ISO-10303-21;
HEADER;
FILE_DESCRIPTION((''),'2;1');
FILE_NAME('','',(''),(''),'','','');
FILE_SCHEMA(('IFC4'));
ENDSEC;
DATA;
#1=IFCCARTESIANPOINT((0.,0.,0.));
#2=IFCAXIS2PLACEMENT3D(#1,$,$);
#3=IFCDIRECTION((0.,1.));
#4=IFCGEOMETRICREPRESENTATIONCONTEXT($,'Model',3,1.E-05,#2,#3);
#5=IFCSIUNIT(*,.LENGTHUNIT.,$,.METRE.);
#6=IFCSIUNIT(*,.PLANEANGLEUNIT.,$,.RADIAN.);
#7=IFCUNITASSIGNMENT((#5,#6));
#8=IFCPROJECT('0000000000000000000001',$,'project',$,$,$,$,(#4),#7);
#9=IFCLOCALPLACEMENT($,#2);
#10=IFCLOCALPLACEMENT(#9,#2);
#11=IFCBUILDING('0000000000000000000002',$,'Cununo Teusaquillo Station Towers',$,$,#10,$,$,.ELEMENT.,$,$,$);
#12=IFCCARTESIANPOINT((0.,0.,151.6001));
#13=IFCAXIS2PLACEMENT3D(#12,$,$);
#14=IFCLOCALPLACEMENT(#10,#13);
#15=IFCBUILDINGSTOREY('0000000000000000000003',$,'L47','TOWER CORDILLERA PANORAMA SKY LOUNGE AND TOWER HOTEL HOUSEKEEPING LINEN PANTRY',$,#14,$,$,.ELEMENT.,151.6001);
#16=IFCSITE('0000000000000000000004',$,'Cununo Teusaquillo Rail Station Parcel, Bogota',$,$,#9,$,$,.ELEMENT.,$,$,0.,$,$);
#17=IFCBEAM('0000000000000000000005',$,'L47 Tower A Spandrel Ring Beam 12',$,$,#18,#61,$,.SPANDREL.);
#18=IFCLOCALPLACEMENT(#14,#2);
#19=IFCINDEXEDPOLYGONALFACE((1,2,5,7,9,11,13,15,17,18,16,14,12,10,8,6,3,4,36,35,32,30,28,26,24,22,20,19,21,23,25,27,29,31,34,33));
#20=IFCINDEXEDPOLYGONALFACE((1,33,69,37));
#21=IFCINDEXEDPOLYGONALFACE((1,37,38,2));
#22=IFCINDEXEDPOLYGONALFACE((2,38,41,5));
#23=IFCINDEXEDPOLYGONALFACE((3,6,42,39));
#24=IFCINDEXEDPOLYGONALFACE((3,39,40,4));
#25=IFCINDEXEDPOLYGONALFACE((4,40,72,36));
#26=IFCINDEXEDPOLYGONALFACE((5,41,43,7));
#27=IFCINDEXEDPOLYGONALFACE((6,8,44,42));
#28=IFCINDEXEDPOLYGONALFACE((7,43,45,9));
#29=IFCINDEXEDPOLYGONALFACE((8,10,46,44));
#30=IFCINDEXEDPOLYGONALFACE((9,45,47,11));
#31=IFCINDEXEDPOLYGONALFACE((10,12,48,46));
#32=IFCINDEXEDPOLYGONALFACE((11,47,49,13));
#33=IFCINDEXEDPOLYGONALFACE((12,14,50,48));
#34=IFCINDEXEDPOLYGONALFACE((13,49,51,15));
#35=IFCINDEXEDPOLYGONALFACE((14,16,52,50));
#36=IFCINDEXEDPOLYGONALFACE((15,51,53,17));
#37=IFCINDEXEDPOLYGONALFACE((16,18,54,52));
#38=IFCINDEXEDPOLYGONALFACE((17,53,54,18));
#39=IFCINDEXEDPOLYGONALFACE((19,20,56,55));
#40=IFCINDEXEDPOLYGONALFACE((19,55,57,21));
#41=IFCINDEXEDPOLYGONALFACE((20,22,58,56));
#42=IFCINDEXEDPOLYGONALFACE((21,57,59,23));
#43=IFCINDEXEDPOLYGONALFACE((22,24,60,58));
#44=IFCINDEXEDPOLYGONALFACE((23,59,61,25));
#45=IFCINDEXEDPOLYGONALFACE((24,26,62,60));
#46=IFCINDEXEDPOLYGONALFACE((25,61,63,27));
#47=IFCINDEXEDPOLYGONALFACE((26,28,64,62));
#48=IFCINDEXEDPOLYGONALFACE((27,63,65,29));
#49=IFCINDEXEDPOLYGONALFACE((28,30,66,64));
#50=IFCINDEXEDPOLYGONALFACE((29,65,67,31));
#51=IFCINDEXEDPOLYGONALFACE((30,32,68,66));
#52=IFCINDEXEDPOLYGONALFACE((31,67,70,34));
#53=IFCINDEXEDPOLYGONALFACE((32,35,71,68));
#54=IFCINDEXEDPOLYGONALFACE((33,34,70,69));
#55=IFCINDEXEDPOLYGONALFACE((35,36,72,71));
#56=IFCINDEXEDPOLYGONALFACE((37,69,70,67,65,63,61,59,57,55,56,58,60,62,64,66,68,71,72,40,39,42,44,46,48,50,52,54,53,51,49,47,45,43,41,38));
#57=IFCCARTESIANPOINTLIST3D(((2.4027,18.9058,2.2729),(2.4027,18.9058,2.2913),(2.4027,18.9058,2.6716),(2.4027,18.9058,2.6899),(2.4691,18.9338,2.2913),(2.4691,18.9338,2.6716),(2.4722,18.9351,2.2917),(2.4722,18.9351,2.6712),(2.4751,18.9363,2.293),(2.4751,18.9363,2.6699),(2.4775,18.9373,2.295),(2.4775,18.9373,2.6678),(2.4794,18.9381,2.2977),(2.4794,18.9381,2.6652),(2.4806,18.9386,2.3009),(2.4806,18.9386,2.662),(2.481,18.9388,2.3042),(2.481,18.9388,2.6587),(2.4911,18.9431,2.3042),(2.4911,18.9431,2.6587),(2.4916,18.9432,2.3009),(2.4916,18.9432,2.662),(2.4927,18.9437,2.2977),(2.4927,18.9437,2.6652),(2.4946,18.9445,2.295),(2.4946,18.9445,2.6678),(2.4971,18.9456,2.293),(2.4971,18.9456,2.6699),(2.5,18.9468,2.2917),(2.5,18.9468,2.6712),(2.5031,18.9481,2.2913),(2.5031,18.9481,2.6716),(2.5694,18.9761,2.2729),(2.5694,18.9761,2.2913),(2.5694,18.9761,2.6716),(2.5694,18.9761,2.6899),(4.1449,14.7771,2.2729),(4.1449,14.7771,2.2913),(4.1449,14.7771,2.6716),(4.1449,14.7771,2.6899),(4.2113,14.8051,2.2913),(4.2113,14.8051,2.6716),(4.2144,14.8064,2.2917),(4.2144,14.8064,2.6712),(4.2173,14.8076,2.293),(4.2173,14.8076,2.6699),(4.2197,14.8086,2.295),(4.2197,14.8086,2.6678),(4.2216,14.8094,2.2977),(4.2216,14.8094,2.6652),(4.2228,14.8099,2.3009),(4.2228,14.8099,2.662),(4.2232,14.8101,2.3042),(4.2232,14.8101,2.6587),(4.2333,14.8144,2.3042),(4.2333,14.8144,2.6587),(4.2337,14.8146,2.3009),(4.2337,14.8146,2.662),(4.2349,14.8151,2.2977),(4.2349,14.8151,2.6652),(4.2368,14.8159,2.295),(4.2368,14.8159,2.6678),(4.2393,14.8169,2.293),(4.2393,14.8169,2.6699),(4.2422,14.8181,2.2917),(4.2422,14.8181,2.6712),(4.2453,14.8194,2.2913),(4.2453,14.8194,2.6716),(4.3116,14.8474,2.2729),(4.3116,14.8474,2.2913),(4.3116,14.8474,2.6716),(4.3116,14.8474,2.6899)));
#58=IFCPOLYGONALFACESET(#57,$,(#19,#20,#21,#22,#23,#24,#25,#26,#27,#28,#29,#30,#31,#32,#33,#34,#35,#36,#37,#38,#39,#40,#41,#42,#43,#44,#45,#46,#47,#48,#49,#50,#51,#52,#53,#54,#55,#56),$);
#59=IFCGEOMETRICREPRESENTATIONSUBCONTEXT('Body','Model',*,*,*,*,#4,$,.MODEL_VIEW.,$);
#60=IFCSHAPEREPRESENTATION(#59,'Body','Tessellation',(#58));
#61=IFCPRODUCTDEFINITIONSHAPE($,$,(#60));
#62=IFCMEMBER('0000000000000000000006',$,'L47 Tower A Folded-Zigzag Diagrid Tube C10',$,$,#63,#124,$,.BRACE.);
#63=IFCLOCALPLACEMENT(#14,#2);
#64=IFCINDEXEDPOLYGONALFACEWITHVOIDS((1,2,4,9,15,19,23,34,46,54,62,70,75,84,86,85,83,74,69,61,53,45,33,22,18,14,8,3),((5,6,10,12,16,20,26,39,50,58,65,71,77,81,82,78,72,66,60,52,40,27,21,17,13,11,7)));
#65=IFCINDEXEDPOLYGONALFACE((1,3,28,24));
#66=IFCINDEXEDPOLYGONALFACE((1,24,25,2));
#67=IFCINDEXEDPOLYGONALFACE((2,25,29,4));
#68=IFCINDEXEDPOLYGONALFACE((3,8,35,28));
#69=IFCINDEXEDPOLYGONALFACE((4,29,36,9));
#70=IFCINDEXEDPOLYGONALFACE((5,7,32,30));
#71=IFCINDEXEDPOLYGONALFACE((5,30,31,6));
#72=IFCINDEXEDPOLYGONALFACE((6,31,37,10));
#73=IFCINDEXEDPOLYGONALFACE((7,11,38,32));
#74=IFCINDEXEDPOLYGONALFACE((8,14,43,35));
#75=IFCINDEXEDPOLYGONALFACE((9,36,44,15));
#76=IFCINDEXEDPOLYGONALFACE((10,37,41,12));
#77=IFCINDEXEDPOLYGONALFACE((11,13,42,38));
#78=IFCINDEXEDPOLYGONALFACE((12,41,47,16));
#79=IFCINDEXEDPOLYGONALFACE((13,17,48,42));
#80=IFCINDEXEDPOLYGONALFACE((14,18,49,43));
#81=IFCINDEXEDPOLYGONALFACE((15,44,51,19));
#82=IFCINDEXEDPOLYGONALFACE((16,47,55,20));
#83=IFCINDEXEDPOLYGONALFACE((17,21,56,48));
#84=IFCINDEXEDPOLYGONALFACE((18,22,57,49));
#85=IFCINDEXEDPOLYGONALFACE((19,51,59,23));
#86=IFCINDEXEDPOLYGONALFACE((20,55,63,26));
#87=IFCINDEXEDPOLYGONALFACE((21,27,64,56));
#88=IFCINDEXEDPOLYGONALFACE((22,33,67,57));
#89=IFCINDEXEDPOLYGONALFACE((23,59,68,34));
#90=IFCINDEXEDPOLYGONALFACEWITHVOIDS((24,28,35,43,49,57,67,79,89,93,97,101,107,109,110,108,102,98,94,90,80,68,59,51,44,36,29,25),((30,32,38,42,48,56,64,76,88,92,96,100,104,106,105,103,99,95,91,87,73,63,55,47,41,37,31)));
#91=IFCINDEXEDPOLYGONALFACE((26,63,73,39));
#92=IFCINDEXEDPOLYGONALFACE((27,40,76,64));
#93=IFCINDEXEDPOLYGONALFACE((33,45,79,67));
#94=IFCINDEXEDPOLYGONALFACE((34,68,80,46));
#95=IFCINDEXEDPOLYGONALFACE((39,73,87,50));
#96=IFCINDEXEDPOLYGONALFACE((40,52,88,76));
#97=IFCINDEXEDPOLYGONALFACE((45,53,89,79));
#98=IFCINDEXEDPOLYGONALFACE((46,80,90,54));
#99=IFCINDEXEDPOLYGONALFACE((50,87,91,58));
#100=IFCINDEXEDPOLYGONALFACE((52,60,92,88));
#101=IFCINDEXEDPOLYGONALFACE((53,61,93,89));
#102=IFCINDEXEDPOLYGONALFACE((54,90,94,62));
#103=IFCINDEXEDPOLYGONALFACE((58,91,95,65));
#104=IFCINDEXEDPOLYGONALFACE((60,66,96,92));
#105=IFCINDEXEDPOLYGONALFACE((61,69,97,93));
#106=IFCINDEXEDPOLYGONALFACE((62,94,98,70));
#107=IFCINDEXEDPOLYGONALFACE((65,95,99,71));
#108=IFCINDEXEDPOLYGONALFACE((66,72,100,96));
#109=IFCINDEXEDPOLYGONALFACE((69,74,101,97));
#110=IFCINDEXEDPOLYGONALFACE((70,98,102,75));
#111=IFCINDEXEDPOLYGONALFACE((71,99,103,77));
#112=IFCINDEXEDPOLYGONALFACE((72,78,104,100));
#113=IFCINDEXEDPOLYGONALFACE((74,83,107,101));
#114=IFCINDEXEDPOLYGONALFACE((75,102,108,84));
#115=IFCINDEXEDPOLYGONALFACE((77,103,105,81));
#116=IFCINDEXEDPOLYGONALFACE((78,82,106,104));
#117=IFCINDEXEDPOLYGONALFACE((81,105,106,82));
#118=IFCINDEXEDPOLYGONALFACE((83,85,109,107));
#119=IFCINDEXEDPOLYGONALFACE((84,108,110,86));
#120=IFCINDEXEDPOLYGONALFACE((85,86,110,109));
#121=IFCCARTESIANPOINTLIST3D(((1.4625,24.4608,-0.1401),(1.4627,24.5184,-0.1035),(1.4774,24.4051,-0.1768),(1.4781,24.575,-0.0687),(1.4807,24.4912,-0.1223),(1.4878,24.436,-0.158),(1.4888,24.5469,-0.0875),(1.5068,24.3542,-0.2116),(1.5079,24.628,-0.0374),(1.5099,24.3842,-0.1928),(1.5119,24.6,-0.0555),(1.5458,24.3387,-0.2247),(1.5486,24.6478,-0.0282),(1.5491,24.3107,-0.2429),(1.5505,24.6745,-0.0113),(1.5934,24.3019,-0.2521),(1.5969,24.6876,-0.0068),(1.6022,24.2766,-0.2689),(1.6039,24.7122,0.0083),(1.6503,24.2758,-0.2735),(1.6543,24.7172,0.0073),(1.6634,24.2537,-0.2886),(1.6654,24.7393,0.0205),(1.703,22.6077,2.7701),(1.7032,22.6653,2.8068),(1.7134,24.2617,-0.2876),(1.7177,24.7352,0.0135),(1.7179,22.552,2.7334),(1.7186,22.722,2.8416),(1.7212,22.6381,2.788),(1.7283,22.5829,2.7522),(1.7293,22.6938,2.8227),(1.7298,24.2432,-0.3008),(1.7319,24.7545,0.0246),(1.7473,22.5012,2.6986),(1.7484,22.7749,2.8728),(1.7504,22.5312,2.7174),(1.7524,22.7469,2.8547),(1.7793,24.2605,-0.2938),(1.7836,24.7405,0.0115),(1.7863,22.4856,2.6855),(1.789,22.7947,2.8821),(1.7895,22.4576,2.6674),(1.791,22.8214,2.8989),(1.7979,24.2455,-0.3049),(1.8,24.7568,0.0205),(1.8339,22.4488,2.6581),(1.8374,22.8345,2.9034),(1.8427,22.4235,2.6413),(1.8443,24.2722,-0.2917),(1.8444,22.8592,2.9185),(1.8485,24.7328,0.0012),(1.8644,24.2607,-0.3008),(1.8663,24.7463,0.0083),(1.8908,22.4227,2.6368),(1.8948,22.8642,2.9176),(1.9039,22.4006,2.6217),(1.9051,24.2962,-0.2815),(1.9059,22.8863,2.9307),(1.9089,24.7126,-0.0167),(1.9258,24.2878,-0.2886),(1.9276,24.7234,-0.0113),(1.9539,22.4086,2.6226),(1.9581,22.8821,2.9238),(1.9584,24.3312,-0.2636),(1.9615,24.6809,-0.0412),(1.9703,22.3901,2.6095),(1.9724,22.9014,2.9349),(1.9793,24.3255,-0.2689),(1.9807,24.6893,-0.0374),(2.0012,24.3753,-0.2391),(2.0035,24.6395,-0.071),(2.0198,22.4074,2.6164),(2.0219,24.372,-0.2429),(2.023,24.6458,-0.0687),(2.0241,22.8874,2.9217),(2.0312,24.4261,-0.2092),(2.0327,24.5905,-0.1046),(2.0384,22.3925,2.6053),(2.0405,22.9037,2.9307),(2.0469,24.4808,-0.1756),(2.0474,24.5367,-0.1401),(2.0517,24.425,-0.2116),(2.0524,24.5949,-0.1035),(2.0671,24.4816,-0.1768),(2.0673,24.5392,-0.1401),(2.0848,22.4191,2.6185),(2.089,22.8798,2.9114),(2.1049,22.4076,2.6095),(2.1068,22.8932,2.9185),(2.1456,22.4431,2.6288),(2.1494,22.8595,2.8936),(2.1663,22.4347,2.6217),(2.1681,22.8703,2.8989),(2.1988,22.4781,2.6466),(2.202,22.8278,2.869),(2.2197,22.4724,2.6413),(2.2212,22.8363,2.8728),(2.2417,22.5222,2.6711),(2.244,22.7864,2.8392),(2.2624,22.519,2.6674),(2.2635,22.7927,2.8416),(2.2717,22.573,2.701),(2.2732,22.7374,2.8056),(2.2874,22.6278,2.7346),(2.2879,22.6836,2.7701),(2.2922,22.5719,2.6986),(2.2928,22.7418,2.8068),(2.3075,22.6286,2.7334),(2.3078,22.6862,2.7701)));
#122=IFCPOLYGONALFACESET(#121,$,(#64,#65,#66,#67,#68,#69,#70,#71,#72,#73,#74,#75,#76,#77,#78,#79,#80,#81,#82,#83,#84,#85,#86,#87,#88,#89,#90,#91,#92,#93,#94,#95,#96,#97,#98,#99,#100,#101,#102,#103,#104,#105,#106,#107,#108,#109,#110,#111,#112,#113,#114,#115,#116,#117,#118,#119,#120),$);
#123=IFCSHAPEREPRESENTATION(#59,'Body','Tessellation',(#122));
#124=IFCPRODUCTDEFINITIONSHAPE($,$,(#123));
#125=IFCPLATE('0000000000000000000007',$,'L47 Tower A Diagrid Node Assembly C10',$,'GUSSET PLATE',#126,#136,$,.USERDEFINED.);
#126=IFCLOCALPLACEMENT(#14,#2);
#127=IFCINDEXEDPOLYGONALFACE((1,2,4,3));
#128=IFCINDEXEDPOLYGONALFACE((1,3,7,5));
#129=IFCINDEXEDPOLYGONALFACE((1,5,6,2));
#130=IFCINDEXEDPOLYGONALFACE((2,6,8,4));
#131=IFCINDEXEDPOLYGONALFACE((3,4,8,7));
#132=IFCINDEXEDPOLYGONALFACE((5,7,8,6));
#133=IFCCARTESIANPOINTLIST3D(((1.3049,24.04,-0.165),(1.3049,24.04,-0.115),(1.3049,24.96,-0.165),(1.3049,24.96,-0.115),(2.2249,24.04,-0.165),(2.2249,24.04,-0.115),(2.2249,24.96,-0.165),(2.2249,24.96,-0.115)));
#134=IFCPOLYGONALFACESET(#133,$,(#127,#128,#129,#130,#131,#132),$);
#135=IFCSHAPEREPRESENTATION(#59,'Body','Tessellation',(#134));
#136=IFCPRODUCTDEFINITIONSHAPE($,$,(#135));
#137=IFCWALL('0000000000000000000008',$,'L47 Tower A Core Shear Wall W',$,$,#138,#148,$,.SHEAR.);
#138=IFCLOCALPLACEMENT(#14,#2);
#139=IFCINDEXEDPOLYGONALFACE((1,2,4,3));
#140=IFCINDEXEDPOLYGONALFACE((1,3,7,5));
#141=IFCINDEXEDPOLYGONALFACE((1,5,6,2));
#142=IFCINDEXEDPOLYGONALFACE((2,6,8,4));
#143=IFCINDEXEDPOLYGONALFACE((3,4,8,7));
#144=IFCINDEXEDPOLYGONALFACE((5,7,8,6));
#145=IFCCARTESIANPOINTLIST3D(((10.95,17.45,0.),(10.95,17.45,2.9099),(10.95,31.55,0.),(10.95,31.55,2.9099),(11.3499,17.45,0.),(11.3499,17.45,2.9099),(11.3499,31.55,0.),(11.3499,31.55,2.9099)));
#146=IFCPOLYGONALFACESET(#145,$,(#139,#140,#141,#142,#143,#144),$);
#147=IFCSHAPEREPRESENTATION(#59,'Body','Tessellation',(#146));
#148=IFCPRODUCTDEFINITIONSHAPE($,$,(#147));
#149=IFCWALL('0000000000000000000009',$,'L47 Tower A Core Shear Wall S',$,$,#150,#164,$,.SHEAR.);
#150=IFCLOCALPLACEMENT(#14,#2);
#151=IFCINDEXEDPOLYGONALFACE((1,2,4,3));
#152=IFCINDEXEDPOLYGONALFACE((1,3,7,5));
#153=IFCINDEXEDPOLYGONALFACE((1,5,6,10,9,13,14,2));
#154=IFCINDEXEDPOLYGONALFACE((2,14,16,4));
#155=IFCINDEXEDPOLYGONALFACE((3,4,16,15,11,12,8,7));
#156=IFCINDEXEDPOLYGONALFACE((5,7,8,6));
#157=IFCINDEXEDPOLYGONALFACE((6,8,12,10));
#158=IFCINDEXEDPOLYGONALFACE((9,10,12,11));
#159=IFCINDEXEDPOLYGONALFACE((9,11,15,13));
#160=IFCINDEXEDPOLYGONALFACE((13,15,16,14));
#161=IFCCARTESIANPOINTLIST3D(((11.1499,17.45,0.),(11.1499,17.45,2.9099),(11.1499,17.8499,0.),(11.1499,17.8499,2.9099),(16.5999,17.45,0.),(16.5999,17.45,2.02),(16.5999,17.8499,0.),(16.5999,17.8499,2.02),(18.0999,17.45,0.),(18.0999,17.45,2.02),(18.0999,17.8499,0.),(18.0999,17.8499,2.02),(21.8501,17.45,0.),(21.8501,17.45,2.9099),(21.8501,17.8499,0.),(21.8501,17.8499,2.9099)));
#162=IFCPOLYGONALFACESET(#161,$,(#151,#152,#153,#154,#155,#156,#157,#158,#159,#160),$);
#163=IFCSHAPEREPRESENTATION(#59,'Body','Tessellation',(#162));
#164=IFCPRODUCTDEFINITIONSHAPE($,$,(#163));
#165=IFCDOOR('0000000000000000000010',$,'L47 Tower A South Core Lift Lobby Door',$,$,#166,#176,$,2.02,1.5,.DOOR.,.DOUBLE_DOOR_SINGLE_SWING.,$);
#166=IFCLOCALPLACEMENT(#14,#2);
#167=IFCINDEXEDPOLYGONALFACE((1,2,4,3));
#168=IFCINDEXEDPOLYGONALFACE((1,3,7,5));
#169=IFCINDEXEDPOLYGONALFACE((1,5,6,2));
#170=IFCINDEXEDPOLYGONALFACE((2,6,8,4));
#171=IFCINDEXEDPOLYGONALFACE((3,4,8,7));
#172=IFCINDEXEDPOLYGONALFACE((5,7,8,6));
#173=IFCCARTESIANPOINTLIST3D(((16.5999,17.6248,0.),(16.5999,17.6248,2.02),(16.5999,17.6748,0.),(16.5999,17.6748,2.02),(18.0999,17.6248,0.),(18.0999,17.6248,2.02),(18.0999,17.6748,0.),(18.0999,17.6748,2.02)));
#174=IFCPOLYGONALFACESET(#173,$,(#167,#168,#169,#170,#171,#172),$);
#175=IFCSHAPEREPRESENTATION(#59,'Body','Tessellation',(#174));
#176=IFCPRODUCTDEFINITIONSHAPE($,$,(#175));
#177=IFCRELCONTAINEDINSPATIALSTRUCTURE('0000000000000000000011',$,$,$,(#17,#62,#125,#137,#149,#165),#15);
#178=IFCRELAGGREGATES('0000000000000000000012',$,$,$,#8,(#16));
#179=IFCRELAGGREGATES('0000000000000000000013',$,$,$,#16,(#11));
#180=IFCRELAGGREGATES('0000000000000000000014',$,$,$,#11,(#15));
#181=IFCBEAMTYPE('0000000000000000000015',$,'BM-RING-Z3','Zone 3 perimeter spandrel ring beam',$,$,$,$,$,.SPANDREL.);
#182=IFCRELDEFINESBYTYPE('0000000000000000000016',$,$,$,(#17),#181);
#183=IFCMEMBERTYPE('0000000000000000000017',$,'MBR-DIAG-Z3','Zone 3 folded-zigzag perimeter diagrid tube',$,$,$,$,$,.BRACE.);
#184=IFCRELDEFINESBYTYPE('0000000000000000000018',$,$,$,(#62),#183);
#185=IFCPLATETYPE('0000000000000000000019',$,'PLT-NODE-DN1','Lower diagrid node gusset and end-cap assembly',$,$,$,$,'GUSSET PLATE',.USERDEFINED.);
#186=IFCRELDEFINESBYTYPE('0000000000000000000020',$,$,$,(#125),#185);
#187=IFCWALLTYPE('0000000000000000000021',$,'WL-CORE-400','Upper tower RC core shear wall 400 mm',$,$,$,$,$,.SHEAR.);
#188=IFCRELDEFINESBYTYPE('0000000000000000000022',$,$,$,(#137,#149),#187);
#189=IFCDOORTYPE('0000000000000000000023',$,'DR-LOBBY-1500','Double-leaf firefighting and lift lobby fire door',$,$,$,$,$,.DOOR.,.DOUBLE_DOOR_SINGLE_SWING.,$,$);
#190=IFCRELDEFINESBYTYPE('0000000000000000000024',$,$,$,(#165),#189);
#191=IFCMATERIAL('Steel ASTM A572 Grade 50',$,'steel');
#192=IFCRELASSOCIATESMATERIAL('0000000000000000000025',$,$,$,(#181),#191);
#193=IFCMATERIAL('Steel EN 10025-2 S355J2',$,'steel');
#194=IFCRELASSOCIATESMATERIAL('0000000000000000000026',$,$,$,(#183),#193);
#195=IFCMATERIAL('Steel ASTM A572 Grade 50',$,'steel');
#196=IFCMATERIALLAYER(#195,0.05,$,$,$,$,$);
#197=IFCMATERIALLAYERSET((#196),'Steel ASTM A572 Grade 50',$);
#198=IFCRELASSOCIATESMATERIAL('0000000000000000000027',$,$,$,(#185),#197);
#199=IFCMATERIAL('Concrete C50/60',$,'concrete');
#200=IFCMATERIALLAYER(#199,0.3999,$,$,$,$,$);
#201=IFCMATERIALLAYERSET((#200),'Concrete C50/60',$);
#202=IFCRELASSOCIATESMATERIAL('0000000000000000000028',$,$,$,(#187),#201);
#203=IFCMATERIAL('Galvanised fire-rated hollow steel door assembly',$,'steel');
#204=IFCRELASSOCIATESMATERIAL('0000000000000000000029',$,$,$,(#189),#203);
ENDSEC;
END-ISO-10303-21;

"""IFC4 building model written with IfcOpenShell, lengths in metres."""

from ifc_helpers import new_model, si_unit, direction, frame, frame_2d, origin, origin_2d, place, context, subcontext, project, spatial, rectangle, hollow_circle, i_section, extrude, source, transform, mapped, material, layer, layer_set, material_profile, profile_set, type_object, element, fill, save


model = new_model("IFC4")

# Units and contexts
model_context = context("Model", 3, precision=1e-05, world=origin(), true_north=direction((0.0, 1.0)))
body_context = subcontext(model_context, "Body", "Model", "MODEL_VIEW")
ifc_project = project(units=[si_unit("LENGTHUNIT", "METRE"), si_unit("PLANEANGLEUNIT", "RADIAN")], contexts=[model_context])

# Site, building, storey
site_placement = place(None, origin())
site = spatial("IfcSite", under=ifc_project, at=site_placement, Name="Cununo Teusaquillo Rail Station Parcel, Bogota", CompositionType="ELEMENT", RefElevation=0.0)
building_placement = place(site_placement, origin())
building = spatial("IfcBuilding", under=site, at=building_placement, Name="Cununo Teusaquillo Station Towers", CompositionType="ELEMENT")
storey_placement = place(building_placement, frame((0.0, 0.0, 151.6001)))
storey = spatial("IfcBuildingStorey", under=building, at=storey_placement, Name="L47", Description="TOWER CORDILLERA PANORAMA SKY LOUNGE AND TOWER HOTEL HOUSEKEEPING LINEN PANTRY", CompositionType="ELEMENT", Elevation=151.6001)

# Beam
ifc_material_1 = material(Name="Steel ASTM A572 Grade 50", Category="steel")
ifc_material_profile_1 = material_profile(ifc_material_1, i_section(OverallWidth=0.1809, OverallDepth=0.417, WebThickness=0.011, FlangeThickness=0.0183, FilletRadius=0.0129, at=origin_2d()), Name="W16X57")
ifc_profile_set_1 = profile_set([ifc_material_profile_1], Name="Steel ASTM A572 Grade 50")
beam_type_1 = type_object("IfcBeamType", Name="BM-RING-Z3", Description="Zone 3 perimeter spandrel ring beam", PredefinedType="SPANDREL", material=ifc_profile_set_1)
beam_1_placement = place(storey_placement, frame((2.4861, 18.9409, 2.4814), z_axis=(0.388778, -0.921332, 0.0), x_axis=(0.921332, 0.388778, 0.0)))
element("IfcBeam", 1, at=beam_1_placement, inside=storey, type_object=beam_type_1, Name="L47 Tower A Spandrel Ring Beam 12", PredefinedType="SPANDREL", context=body_context, shape_type="SweptSolid", body=[
    extrude(i_section(OverallWidth=0.1809, OverallDepth=0.417, WebThickness=0.011, FlangeThickness=0.0183, FilletRadius=0.0129, at=origin_2d()), origin(), (0.0, 0.0, 1.0), 4.4812),
])

# Member
ifc_material_2 = material(Name="Steel EN 10025-2 S355J2", Category="steel")
ifc_material_profile_2 = material_profile(ifc_material_2, hollow_circle(Radius=0.3049, WallThickness=0.02, at=origin_2d()), Name="CHS 610x20")
ifc_profile_set_2 = profile_set([ifc_material_profile_2], Name="Steel EN 10025-2 S355J2")
member_type = type_object("IfcMemberType", Name="MBR-DIAG-Z3", Description="Zone 3 folded-zigzag perimeter diagrid tube", PredefinedType="BRACE", material=ifc_profile_set_2)
member_placement = place(storey_placement, frame((1.7649, 24.5, -0.1401), z_axis=(0.069535, -0.535804, 0.841474), x_axis=(0.991684, 0.128697, 0.0)))
element("IfcMember", 2, at=member_placement, inside=storey, type_object=member_type, Name="L47 Tower A Folded-Zigzag Diagrid Tube C10", PredefinedType="BRACE", context=body_context, shape_type="SweptSolid", body=[
    extrude(hollow_circle(Radius=0.3049, WallThickness=0.02, at=origin_2d()), origin(), (0.0, 0.0, 1.0), 3.4585),
])

# Plate
ifc_material_3 = material(Name="Steel ASTM A572 Grade 50", Category="steel")
ifc_layer_1 = layer(ifc_material_3, 0.05)
ifc_layer_set_1 = layer_set([ifc_layer_1], Name="Steel ASTM A572 Grade 50")
plate_type = type_object("IfcPlateType", Name="PLT-NODE-DN1", Description="Lower diagrid node gusset and end-cap assembly", ElementType="GUSSET PLATE", PredefinedType="USERDEFINED", material=ifc_layer_set_1)
shared_shape_1 = source(origin(), body_context, "Body", "SweptSolid", [
    extrude(rectangle(XDim=0.9199, YDim=0.9199, at=origin_2d()), origin(), (0.0, 0.0, 1.0), 0.05),
])
plate_placement = place(storey_placement, frame((1.7649, 24.5, -0.165), z_axis=(0.0, 0.0, 1.0), x_axis=(1.0, 0.0, 0.0)))
element("IfcPlate", 3, at=plate_placement, inside=storey, type_object=plate_type, Name="L47 Tower A Diagrid Node Assembly C10", ObjectType="GUSSET PLATE", PredefinedType="USERDEFINED", context=body_context, shape_type="MappedRepresentation", body=[
    mapped(shared_shape_1, transform((0.0, 0.0, 0.0), x_axis=(1.0, 0.0, 0.0), y_axis=(0.0, 1.0, 0.0), z_axis=(0.0, 0.0, 1.0), scale=1.0)),
])

# Wall
ifc_material_4 = material(Name="Concrete C50/60", Category="concrete")
ifc_layer_2 = layer(ifc_material_4, 0.3999)
ifc_layer_set_2 = layer_set([ifc_layer_2], Name="Concrete C50/60")
wall_type_1 = type_object("IfcWallType", Name="WL-CORE-400", Description="Upper tower RC core shear wall 400 mm", PredefinedType="SHEAR", material=ifc_layer_set_2)
wall_1_placement = place(storey_placement, frame((11.1499, 17.45, 0.0), z_axis=(0.0, 0.0, 1.0), x_axis=(0.0, 1.0, 0.0)))
element("IfcWall", 4, at=wall_1_placement, inside=storey, type_object=wall_type_1, Name="L47 Tower A Core Shear Wall W", PredefinedType="SHEAR", context=body_context, shape_type="SweptSolid", body=[
    extrude(rectangle(XDim=14.1001, YDim=0.3999, at=frame_2d((7.05, 0.0))), origin(), (0.0, 0.0, 1.0), 2.9099),
])

# Wall, opening, door
wall_2_placement = place(storey_placement, frame((11.1499, 17.6499, 0.0), z_axis=(0.0, 0.0, 1.0), x_axis=(1.0, 0.0, 0.0)))
wall_2 = element("IfcWall", 5, at=wall_2_placement, inside=storey, type_object=wall_type_1, Name="L47 Tower A Core Shear Wall S", PredefinedType="SHEAR", context=body_context, shape_type="SweptSolid", body=[
    extrude(rectangle(XDim=10.7002, YDim=0.3999, at=frame_2d((5.3501, 0.0))), origin(), (0.0, 0.0, 1.0), 2.9099),
])
shared_shape_2 = source(origin(), body_context, "Body", "SweptSolid", [
    extrude(rectangle(XDim=1.5, YDim=2.02, at=frame_2d((0.75, 1.01))), frame((0.0, 0.21, 0.0), z_axis=(0.0, -1.0, 0.0), x_axis=(1.0, 0.0, 0.0)), (0.0, 0.0, 1.0), 0.4199),
])
opening_1_placement = place(wall_2_placement, frame((5.45, 0.0, 0.0)))
opening_1 = element("IfcOpeningElement", 6, at=opening_1_placement, cuts=wall_2, PredefinedType="OPENING", context=body_context, shape_type="MappedRepresentation", body=[
    mapped(shared_shape_2, transform((0.0, 0.0, 0.0), x_axis=(1.0, 0.0, 0.0), y_axis=(0.0, 1.0, 0.0), z_axis=(0.0, 0.0, 1.0), scale=1.0)),
])
ifc_material_5 = material(Name="Galvanised fire-rated hollow steel door assembly", Category="steel")
door_type_1 = type_object("IfcDoorType", Name="DR-LOBBY-1500", Description="Double-leaf firefighting and lift lobby fire door", OperationType="DOUBLE_DOOR_SINGLE_SWING", PredefinedType="DOOR", material=ifc_material_5)
shared_shape_3 = source(origin(), body_context, "Body", "SweptSolid", [
    extrude(rectangle(XDim=1.5, YDim=2.02, at=frame_2d((0.75, 1.01))), frame((0.0, 0.0249, 0.0), z_axis=(0.0, -1.0, 0.0), x_axis=(1.0, 0.0, 0.0)), (0.0, 0.0, 1.0), 0.05),
])
door_1_placement = place(opening_1_placement, origin())
door_1 = element("IfcDoor", 7, at=door_1_placement, inside=storey, type_object=door_type_1, Name="L47 Tower A South Core Lift Lobby Door", OperationType="DOUBLE_DOOR_SINGLE_SWING", OverallHeight=2.02, OverallWidth=1.5, PredefinedType="DOOR", context=body_context, shape_type="MappedRepresentation", body=[
    mapped(shared_shape_3, transform((0.0, 0.0, 0.0), x_axis=(1.0, 0.0, 0.0), y_axis=(0.0, 1.0, 0.0), z_axis=(0.0, 0.0, 1.0), scale=1.0)),
])
fill(opening_1, door_1)

save(model, "model.ifc")
